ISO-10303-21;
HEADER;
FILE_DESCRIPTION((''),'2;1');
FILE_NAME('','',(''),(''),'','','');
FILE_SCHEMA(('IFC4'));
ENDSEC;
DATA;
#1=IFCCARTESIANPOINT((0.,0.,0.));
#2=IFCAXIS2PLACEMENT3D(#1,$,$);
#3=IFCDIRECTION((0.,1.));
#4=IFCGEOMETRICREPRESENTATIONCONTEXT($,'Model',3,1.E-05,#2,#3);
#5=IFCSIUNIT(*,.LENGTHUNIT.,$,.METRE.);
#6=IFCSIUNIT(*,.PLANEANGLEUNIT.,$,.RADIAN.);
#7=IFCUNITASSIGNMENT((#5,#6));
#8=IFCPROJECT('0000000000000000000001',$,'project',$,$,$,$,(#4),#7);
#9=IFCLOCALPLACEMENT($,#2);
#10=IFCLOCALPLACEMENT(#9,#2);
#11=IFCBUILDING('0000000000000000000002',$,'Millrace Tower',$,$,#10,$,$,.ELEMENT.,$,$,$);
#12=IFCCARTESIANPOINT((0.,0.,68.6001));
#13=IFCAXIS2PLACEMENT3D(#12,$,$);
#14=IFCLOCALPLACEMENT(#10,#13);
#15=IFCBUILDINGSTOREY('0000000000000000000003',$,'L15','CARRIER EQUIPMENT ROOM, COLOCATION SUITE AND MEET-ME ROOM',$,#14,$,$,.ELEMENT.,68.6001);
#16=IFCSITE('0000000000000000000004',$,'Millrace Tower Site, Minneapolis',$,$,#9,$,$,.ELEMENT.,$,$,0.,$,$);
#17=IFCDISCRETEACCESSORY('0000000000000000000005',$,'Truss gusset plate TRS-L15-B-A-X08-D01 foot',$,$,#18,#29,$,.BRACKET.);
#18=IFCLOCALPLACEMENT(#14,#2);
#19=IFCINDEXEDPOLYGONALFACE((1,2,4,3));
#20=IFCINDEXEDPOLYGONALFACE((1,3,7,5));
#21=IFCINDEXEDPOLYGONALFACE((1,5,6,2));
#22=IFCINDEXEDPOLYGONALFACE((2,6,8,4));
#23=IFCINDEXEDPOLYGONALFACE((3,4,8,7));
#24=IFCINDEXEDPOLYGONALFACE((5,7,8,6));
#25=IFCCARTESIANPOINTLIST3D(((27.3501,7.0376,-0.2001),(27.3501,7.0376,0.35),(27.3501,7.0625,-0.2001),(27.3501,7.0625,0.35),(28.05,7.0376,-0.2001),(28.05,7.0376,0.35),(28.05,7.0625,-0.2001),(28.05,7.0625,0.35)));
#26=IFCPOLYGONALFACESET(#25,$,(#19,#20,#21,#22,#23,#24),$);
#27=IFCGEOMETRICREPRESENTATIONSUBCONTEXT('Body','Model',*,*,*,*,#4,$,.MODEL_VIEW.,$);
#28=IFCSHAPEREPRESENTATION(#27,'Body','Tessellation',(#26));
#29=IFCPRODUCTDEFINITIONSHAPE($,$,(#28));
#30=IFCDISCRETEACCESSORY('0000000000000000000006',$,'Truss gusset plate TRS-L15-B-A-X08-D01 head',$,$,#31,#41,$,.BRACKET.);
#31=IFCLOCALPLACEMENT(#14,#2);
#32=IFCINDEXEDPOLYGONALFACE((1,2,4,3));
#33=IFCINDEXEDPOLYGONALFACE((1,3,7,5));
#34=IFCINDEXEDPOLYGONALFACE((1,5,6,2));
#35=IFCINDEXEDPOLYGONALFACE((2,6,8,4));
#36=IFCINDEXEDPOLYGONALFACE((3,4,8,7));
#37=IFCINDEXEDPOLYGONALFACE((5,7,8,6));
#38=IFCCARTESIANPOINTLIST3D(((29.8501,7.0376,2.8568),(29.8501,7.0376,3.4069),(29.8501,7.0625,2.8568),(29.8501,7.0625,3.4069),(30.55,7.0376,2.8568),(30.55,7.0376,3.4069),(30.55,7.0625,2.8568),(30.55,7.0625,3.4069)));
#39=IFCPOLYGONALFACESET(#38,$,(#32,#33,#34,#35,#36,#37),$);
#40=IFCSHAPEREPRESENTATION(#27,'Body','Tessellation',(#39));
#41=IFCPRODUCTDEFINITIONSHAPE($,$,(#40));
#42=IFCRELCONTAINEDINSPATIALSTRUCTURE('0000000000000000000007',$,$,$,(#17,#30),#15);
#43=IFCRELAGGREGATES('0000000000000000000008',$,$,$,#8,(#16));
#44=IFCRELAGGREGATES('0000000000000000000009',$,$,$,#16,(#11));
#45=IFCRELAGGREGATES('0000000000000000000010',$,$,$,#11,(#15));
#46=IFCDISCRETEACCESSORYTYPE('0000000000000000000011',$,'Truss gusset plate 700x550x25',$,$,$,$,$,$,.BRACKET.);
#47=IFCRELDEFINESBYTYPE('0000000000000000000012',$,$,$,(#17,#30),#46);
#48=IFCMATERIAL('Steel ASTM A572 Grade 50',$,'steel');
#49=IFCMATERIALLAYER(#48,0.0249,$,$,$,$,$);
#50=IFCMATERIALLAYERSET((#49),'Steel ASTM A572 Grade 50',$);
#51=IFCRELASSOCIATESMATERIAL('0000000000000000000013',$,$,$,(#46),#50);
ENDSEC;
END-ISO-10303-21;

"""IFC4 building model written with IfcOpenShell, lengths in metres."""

from ifc_helpers import new_model, si_unit, direction, frame, origin, origin_2d, place, context, subcontext, project, spatial, rectangle, extrude, material, layer, layer_set, type_object, element, save


model = new_model("IFC4")

# Units and contexts
model_context = context("Model", 3, precision=1e-05, world=origin(), true_north=direction((0.0, 1.0)))
body_context = subcontext(model_context, "Body", "Model", "MODEL_VIEW")
ifc_project = project(units=[si_unit("LENGTHUNIT", "METRE"), si_unit("PLANEANGLEUNIT", "RADIAN")], contexts=[model_context])

# Site, building, storey
site_placement = place(None, origin())
site = spatial("IfcSite", under=ifc_project, at=site_placement, Name="Millrace Tower Site, Minneapolis", CompositionType="ELEMENT", RefElevation=0.0)
building_placement = place(site_placement, origin())
building = spatial("IfcBuilding", under=site, at=building_placement, Name="Millrace Tower", CompositionType="ELEMENT")
storey_placement = place(building_placement, frame((0.0, 0.0, 68.6001)))
storey = spatial("IfcBuildingStorey", under=building, at=storey_placement, Name="L15", Description="CARRIER EQUIPMENT ROOM, COLOCATION SUITE AND MEET-ME ROOM", CompositionType="ELEMENT", Elevation=68.6001)

# Discrete accessories
ifc_material_1 = material(Name="Steel ASTM A572 Grade 50", Category="steel")
ifc_layer_1 = layer(ifc_material_1, 0.0249)
ifc_layer_set_1 = layer_set([ifc_layer_1], Name="Steel ASTM A572 Grade 50")
discrete_accessory_type = type_object("IfcDiscreteAccessoryType", Name="Truss gusset plate 700x550x25", PredefinedType="BRACKET", material=ifc_layer_set_1)
for number, where, z_axis, x_axis, name in (
    (1, (27.3501, 7.05, 0.075), (1.0, 0.0, 0.0), (0.0, 1.0, 0.0), "Truss gusset plate TRS-L15-B-A-X08-D01 foot"),
    (2, (29.8501, 7.05, 3.1318), (1.0, 0.0, 0.0), (0.0, 1.0, 0.0), "Truss gusset plate TRS-L15-B-A-X08-D01 head"),
):
    element("IfcDiscreteAccessory", number, at=place(storey_placement, frame(where, z_axis=z_axis, x_axis=x_axis)), inside=storey, type_object=discrete_accessory_type, Name=name, PredefinedType="BRACKET", context=body_context, shape_type="SweptSolid", body=[
        extrude(rectangle(XDim=0.0249, YDim=0.55, at=origin_2d()), origin(), (0.0, 0.0, 1.0), 0.7),
    ])

save(model, "model.ifc")
